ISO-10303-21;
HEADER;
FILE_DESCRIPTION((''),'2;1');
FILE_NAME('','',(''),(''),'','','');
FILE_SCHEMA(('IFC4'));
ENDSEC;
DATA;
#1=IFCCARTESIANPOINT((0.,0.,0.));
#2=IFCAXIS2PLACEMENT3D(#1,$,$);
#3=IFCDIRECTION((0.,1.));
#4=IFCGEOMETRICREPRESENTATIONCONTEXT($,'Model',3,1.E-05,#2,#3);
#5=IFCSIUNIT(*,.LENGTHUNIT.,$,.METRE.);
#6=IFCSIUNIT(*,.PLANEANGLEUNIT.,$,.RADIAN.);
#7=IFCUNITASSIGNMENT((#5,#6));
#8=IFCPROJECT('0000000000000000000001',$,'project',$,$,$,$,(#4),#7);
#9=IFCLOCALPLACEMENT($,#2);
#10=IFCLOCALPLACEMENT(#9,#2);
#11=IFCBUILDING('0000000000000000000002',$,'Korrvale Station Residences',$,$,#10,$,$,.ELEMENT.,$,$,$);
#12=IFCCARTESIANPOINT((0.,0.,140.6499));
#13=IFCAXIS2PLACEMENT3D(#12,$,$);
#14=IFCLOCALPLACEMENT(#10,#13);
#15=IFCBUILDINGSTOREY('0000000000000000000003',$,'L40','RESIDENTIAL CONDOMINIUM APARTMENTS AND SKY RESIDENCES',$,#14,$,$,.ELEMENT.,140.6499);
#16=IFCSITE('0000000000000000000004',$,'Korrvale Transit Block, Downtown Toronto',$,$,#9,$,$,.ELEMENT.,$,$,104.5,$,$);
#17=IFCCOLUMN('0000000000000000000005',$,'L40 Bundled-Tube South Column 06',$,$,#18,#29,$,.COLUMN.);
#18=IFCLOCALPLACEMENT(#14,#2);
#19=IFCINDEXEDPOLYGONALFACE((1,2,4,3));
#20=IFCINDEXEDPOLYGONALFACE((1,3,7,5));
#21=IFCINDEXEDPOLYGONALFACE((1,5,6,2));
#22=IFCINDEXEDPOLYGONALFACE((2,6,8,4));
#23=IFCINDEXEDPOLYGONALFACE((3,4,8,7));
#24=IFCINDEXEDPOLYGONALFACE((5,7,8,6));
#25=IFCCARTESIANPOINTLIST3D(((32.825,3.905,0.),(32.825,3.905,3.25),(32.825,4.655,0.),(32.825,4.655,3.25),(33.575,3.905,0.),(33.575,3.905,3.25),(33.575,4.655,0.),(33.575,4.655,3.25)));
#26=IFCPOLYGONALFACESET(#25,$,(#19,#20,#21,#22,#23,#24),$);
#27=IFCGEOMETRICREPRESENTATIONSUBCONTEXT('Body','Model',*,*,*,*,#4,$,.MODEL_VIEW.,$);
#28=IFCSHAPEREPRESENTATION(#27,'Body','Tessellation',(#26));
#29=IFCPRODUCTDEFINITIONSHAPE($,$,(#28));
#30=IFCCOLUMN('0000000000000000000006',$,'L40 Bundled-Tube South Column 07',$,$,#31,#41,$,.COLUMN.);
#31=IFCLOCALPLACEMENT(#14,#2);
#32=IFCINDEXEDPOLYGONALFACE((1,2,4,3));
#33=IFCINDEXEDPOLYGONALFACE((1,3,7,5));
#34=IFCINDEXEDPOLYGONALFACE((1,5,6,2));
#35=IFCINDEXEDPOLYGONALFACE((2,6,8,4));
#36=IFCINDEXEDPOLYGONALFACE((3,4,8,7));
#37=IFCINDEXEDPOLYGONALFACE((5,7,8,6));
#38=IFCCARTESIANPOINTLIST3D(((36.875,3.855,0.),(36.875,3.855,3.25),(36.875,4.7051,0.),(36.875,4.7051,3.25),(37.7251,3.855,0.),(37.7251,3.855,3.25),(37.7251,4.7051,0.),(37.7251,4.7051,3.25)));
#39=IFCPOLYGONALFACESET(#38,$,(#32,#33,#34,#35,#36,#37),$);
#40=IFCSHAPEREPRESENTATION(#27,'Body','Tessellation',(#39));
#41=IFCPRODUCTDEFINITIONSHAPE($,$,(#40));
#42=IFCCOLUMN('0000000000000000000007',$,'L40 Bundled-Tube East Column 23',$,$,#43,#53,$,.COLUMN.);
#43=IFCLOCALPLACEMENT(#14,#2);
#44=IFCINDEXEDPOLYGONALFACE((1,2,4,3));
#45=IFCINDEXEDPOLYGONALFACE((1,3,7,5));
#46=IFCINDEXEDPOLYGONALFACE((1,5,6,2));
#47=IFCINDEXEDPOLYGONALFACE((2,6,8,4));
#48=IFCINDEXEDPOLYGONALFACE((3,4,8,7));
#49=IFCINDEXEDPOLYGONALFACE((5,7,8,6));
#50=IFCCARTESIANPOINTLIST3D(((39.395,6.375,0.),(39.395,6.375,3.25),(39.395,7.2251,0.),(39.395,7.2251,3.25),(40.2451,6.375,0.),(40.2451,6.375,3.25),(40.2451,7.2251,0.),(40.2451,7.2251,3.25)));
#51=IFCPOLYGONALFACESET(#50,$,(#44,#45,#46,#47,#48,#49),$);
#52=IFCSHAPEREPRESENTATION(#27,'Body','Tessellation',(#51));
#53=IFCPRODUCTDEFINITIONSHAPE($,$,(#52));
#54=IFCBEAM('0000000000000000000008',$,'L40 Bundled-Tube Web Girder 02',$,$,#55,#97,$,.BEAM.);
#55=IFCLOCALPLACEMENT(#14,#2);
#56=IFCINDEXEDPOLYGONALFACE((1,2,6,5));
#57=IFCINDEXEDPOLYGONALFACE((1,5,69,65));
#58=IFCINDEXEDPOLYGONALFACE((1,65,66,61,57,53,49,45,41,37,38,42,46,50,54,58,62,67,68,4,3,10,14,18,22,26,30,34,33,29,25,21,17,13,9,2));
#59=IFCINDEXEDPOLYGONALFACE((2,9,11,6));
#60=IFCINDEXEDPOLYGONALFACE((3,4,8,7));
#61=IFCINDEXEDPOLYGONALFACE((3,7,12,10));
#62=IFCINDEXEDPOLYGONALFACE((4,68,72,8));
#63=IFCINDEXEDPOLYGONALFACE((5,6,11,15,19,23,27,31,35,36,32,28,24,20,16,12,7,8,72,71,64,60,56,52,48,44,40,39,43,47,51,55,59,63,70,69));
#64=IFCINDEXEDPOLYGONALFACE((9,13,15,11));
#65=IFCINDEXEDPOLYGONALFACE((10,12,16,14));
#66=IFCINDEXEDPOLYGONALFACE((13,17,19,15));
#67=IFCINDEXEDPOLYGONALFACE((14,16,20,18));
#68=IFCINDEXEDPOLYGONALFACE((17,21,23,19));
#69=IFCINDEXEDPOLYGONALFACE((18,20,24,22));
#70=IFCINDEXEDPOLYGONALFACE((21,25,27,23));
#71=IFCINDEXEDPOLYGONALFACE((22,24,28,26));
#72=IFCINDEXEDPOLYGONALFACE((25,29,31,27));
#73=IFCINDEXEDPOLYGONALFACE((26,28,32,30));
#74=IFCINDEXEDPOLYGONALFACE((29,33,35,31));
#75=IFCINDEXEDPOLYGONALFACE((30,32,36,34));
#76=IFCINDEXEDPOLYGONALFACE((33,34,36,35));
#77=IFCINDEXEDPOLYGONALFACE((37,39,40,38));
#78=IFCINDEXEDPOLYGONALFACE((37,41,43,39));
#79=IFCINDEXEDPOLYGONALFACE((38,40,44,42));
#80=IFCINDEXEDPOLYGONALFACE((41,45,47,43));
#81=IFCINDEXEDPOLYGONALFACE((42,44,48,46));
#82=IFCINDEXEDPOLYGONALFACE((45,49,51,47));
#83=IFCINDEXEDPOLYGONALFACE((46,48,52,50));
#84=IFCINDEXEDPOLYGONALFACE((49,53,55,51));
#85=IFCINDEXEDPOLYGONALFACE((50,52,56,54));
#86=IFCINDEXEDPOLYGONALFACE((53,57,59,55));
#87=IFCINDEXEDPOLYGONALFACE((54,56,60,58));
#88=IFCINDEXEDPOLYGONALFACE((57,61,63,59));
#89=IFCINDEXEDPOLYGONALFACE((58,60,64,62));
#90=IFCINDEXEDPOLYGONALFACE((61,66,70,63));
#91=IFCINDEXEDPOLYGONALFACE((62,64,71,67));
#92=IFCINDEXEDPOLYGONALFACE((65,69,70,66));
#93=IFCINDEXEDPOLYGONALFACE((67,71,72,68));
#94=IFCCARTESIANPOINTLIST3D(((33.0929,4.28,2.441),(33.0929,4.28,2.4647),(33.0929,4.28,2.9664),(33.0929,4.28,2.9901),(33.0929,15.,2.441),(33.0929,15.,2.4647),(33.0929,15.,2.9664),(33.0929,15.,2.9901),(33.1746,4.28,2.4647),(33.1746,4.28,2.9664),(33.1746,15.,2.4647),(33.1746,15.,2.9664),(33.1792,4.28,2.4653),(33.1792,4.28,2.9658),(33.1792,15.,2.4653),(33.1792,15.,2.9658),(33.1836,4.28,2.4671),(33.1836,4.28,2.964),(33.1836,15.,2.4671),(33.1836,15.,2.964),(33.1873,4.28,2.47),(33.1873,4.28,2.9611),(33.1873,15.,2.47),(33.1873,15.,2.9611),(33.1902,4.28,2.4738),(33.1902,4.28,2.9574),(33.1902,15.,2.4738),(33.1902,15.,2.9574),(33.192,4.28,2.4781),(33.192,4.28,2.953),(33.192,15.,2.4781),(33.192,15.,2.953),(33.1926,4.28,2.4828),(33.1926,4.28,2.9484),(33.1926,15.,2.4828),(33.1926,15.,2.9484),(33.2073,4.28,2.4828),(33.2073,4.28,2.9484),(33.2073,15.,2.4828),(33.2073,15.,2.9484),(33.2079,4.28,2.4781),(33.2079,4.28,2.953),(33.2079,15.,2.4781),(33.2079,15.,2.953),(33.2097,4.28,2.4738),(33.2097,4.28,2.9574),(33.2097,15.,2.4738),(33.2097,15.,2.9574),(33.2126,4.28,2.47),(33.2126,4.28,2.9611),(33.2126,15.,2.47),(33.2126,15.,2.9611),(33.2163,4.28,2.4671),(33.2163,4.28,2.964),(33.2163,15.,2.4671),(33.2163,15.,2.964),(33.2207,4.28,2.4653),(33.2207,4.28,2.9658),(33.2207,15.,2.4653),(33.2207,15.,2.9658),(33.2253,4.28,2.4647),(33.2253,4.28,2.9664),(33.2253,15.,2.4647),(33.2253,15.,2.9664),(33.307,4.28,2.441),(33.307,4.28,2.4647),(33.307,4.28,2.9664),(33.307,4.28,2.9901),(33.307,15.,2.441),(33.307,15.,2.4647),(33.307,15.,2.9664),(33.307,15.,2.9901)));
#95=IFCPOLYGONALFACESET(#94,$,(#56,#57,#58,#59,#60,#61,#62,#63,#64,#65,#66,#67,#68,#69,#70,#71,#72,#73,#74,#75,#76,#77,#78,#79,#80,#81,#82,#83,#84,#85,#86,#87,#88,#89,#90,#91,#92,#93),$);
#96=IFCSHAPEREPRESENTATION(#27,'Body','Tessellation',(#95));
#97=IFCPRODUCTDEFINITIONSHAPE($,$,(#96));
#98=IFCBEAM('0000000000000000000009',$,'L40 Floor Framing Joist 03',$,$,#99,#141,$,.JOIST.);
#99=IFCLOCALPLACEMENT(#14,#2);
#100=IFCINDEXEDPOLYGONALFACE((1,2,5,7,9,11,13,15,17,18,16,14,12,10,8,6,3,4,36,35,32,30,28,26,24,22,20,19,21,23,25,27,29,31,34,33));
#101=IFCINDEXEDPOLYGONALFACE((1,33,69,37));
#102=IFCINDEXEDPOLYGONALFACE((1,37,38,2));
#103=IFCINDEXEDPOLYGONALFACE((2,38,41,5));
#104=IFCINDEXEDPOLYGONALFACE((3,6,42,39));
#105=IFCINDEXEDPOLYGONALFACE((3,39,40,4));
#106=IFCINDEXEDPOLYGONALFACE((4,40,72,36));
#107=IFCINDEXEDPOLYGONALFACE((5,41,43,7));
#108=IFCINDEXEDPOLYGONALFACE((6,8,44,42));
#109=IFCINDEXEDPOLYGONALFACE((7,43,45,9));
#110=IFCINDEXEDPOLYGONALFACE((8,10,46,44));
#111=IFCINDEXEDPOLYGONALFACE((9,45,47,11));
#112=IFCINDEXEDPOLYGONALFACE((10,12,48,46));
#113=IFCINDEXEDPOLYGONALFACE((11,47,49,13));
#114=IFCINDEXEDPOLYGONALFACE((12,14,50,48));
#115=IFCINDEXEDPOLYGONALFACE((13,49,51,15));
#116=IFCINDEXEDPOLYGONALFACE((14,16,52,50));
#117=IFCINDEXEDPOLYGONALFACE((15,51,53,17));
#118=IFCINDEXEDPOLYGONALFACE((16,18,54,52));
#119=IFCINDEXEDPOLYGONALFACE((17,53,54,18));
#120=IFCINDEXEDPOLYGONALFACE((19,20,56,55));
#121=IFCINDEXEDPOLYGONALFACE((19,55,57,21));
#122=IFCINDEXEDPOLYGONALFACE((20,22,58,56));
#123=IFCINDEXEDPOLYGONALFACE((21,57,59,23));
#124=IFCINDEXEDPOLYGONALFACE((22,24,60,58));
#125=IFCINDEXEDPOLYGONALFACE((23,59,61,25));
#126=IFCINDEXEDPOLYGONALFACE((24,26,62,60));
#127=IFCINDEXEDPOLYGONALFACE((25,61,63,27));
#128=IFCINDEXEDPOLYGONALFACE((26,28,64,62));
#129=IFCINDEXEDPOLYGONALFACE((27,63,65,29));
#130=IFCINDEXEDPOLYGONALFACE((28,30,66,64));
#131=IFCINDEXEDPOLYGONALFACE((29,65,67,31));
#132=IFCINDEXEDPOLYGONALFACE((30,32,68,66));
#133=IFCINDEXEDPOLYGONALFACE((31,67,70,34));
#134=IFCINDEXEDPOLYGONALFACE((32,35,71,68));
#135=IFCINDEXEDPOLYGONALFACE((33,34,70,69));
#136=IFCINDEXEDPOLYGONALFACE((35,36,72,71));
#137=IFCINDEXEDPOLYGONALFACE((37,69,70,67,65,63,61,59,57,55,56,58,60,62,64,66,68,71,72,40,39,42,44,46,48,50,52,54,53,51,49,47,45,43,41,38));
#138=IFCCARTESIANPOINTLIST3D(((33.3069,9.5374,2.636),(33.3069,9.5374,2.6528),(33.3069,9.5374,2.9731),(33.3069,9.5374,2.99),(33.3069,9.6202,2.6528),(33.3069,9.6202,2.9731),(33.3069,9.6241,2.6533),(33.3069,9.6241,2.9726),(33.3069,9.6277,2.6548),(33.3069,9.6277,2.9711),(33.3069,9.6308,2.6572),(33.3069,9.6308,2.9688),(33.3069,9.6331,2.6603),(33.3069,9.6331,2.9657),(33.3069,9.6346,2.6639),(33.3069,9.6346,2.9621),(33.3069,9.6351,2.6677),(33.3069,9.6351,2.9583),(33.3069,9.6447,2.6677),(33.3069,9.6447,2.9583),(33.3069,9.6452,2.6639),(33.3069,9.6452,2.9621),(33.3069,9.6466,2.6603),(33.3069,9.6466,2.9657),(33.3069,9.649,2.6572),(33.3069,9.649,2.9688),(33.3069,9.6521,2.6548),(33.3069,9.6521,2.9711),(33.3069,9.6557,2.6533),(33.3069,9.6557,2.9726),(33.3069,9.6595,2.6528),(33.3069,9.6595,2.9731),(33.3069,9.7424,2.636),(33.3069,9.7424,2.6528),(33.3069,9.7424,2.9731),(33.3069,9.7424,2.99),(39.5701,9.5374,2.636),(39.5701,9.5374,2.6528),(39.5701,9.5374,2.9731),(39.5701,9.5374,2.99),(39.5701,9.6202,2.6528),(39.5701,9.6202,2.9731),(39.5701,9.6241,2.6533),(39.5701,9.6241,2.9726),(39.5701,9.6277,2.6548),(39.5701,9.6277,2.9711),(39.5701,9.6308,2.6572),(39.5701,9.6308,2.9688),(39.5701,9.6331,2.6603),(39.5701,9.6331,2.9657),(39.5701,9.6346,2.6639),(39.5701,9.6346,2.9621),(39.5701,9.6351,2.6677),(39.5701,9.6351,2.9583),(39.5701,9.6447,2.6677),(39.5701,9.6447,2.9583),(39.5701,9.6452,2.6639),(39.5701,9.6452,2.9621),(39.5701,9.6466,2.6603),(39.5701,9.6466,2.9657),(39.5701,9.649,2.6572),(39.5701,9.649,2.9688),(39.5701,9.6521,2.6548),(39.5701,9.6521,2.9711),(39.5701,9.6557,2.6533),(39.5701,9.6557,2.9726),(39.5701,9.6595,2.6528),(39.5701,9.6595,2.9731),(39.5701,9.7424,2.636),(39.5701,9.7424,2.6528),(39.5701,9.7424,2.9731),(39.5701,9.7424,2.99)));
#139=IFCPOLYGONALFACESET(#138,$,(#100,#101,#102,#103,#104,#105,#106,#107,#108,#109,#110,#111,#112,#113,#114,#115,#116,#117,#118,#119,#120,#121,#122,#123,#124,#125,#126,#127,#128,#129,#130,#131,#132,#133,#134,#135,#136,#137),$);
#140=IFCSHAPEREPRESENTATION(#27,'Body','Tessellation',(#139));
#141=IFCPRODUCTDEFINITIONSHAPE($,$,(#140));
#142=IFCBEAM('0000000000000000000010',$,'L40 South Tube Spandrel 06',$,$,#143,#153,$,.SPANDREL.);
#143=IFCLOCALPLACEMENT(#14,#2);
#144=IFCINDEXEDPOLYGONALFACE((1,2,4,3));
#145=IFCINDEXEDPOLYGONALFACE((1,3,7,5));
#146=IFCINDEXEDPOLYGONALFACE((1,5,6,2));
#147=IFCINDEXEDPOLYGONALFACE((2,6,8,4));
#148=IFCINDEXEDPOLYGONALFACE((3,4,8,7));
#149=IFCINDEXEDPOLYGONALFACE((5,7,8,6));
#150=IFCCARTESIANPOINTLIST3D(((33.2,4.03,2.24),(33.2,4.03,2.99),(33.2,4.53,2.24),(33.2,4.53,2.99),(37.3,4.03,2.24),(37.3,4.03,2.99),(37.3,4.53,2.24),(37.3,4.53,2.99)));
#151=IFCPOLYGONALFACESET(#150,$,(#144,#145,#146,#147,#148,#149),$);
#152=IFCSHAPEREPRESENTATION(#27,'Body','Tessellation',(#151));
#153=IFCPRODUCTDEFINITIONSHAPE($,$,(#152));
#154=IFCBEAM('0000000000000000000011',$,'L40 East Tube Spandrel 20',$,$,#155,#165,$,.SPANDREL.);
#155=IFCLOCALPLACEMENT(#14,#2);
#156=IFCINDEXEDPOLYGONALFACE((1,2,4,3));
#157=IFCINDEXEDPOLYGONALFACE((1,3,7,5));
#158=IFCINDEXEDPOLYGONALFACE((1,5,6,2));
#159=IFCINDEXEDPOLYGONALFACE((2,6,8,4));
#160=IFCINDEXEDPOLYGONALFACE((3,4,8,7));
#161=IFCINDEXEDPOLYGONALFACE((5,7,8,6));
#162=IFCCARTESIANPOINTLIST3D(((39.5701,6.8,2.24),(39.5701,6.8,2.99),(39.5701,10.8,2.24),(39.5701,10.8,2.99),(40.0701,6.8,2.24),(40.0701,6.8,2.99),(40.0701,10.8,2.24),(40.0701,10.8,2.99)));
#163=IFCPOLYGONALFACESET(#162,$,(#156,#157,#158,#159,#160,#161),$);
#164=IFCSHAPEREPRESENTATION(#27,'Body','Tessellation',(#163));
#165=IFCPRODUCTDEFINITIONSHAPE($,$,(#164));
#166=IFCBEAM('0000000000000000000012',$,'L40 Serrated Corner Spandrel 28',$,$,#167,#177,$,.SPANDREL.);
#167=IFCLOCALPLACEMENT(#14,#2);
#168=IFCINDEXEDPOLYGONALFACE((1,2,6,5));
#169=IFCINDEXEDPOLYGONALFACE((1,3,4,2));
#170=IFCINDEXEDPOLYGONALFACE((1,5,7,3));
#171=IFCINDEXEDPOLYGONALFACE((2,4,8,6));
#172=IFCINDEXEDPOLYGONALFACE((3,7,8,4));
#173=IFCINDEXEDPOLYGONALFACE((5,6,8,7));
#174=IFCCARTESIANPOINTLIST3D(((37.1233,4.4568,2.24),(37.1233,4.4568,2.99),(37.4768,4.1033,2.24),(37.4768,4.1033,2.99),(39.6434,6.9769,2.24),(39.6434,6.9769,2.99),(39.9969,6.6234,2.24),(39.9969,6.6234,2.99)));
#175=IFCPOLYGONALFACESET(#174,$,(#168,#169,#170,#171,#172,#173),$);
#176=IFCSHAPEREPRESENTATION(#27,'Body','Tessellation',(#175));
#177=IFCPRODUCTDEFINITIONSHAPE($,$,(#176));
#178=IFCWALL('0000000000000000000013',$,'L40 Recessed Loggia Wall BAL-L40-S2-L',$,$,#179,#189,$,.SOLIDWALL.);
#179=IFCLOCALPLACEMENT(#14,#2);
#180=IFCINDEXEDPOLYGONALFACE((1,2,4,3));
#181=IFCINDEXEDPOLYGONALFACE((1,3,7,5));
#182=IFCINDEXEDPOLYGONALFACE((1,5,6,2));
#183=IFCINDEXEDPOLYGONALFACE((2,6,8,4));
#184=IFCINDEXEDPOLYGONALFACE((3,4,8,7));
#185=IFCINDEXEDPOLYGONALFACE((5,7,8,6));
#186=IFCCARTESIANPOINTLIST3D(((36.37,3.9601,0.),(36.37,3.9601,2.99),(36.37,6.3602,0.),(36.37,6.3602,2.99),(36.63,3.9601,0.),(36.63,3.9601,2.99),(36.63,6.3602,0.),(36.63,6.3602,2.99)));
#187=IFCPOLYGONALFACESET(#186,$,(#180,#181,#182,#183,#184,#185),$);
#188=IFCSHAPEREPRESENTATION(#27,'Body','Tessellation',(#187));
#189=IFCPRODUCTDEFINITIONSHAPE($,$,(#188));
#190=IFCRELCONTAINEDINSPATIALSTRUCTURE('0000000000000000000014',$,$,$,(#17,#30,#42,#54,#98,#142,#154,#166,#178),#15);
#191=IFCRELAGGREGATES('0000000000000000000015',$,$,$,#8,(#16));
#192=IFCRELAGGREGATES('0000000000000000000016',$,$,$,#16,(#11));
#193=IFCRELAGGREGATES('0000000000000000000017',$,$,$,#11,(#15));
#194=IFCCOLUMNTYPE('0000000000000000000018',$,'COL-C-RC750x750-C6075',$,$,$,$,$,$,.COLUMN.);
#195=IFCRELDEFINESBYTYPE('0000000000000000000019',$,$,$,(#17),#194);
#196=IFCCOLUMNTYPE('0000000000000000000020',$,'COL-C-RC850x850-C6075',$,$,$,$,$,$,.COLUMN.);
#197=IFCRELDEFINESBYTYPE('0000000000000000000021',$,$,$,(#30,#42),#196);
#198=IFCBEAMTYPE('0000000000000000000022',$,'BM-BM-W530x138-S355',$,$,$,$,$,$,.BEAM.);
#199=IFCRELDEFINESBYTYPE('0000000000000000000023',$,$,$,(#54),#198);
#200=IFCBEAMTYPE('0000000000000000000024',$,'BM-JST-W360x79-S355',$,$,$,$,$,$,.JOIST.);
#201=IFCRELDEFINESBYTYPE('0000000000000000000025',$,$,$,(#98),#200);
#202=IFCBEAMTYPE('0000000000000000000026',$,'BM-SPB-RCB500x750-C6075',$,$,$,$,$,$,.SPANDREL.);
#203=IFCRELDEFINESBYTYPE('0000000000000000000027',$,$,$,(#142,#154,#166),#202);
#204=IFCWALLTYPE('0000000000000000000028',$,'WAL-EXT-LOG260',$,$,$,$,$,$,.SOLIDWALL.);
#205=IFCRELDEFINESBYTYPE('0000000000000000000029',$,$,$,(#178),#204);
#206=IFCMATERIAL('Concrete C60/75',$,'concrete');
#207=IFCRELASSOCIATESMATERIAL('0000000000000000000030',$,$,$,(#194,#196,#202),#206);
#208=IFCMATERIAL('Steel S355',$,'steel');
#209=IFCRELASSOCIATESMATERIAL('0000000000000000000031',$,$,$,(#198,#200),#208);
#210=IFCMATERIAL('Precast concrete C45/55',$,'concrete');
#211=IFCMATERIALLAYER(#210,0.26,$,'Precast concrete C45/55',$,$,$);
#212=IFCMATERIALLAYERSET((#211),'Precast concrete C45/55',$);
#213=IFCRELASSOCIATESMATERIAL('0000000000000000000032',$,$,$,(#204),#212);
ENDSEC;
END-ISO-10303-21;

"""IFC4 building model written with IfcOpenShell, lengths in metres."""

from ifc_helpers import new_model, si_unit, direction, frame, frame_2d, origin, origin_2d, place, context, subcontext, project, spatial, rectangle, i_section, extrude, material, layer, layer_set, material_profile, profile_set, type_object, element, save


model = new_model("IFC4")

# Units and contexts
model_context = context("Model", 3, precision=1e-05, world=origin(), true_north=direction((0.0, 1.0)))
body_context = subcontext(model_context, "Body", "Model", "MODEL_VIEW")
ifc_project = project(units=[si_unit("LENGTHUNIT", "METRE"), si_unit("PLANEANGLEUNIT", "RADIAN")], contexts=[model_context])

# Site, building, storey
site_placement = place(None, origin())
site = spatial("IfcSite", under=ifc_project, at=site_placement, Name="Korrvale Transit Block, Downtown Toronto", CompositionType="ELEMENT", RefElevation=104.5)
building_placement = place(site_placement, origin())
building = spatial("IfcBuilding", under=site, at=building_placement, Name="Korrvale Station Residences", CompositionType="ELEMENT")
storey_placement = place(building_placement, frame((0.0, 0.0, 140.6499)))
storey = spatial("IfcBuildingStorey", under=building, at=storey_placement, Name="L40", Description="RESIDENTIAL CONDOMINIUM APARTMENTS AND SKY RESIDENCES", CompositionType="ELEMENT", Elevation=140.6499)

# Columns
ifc_material_1 = material(Name="Concrete C60/75", Category="concrete")
ifc_material_profile_1 = material_profile(ifc_material_1, rectangle(XDim=0.75, YDim=0.75, at=origin_2d()), Name="RC750x750")
ifc_profile_set_1 = profile_set([ifc_material_profile_1], Name="Concrete C60/75")
column_type_1 = type_object("IfcColumnType", Name="COL-C-RC750x750-C6075", PredefinedType="COLUMN", material=ifc_profile_set_1)
column_placement = place(storey_placement, frame((33.2, 4.28, 0.0), z_axis=(0.0, 0.0, 1.0), x_axis=(1.0, 0.0, 0.0)))
element("IfcColumn", 1, at=column_placement, inside=storey, type_object=column_type_1, Name="L40 Bundled-Tube South Column 06", PredefinedType="COLUMN", context=body_context, shape_type="SweptSolid", body=[
    extrude(rectangle(XDim=0.75, YDim=0.75, at=origin_2d()), origin(), (0.0, 0.0, 1.0), 3.25),
])
ifc_material_profile_2 = material_profile(ifc_material_1, rectangle(XDim=0.8501, YDim=0.8501, at=origin_2d()), Name="RC850x850")
ifc_profile_set_2 = profile_set([ifc_material_profile_2], Name="Concrete C60/75")
column_type_2 = type_object("IfcColumnType", Name="COL-C-RC850x850-C6075", PredefinedType="COLUMN", material=ifc_profile_set_2)
for number, where, z_axis, x_axis, name in (
    (2, (37.3, 4.28, 0.0), (0.0, 0.0, 1.0), (1.0, 0.0, 0.0), "L40 Bundled-Tube South Column 07"),
    (3, (39.8201, 6.8, 0.0), (0.0, 0.0, 1.0), (1.0, 0.0, 0.0), "L40 Bundled-Tube East Column 23"),
):
    element("IfcColumn", number, at=place(storey_placement, frame(where, z_axis=z_axis, x_axis=x_axis)), inside=storey, type_object=column_type_2, Name=name, PredefinedType="COLUMN", context=body_context, shape_type="SweptSolid", body=[
        extrude(rectangle(XDim=0.8501, YDim=0.8501, at=origin_2d()), origin(), (0.0, 0.0, 1.0), 3.25),
    ])

# Beams
ifc_material_2 = material(Name="Steel S355", Category="steel")
ifc_material_profile_3 = material_profile(ifc_material_2, i_section(OverallWidth=0.2141, OverallDepth=0.5491, WebThickness=0.0146, FlangeThickness=0.0237, FilletRadius=0.0181, at=origin_2d()), Name="W530x138")
ifc_profile_set_3 = profile_set([ifc_material_profile_3], Name="Steel S355")
beam_type_1 = type_object("IfcBeamType", Name="BM-BM-W530x138-S355", PredefinedType="BEAM", material=ifc_profile_set_3)
beam_1_placement = place(storey_placement, frame((33.2, 4.28, 2.7156), z_axis=(0.0, 1.0, 0.0), x_axis=(-1.0, 0.0, 0.0)))
element("IfcBeam", 4, at=beam_1_placement, inside=storey, type_object=beam_type_1, Name="L40 Bundled-Tube Web Girder 02", PredefinedType="BEAM", context=body_context, shape_type="SweptSolid", body=[
    extrude(i_section(OverallWidth=0.2141, OverallDepth=0.5491, WebThickness=0.0146, FlangeThickness=0.0237, FilletRadius=0.0181, at=origin_2d()), origin(), (0.0, 0.0, 1.0), 10.72),
])
ifc_material_profile_4 = material_profile(ifc_material_2, i_section(OverallWidth=0.2051, OverallDepth=0.354, WebThickness=0.0095, FlangeThickness=0.0168, FilletRadius=0.0149, at=origin_2d()), Name="W360x79")
ifc_profile_set_4 = profile_set([ifc_material_profile_4], Name="Steel S355")
beam_type_2 = type_object("IfcBeamType", Name="BM-JST-W360x79-S355", PredefinedType="JOIST", material=ifc_profile_set_4)
beam_2_placement = place(storey_placement, frame((33.3069, 9.6399, 2.813), z_axis=(1.0, 0.0, 0.0), x_axis=(0.0, 1.0, 0.0)))
element("IfcBeam", 5, at=beam_2_placement, inside=storey, type_object=beam_type_2, Name="L40 Floor Framing Joist 03", PredefinedType="JOIST", context=body_context, shape_type="SweptSolid", body=[
    extrude(i_section(OverallWidth=0.2051, OverallDepth=0.354, WebThickness=0.0095, FlangeThickness=0.0168, FilletRadius=0.0149, at=origin_2d()), origin(), (0.0, 0.0, 1.0), 6.2632),
])
ifc_material_profile_5 = material_profile(ifc_material_1, rectangle(XDim=0.5, YDim=0.75, at=origin_2d()), Name="RCB500x750")
ifc_profile_set_5 = profile_set([ifc_material_profile_5], Name="Concrete C60/75")
beam_type_3 = type_object("IfcBeamType", Name="BM-SPB-RCB500x750-C6075", PredefinedType="SPANDREL", material=ifc_profile_set_5)
beam_3_placement = place(storey_placement, frame((33.2, 4.28, 2.615), z_axis=(1.0, 0.0, 0.0), x_axis=(0.0, 1.0, 0.0)))
element("IfcBeam", 6, at=beam_3_placement, inside=storey, type_object=beam_type_3, Name="L40 South Tube Spandrel 06", PredefinedType="SPANDREL", context=body_context, shape_type="SweptSolid", body=[
    extrude(rectangle(XDim=0.5, YDim=0.75, at=origin_2d()), origin(), (0.0, 0.0, 1.0), 4.1001),
])
beam_4_placement = place(storey_placement, frame((39.8201, 6.8, 2.615), z_axis=(0.0, 1.0, 0.0), x_axis=(-1.0, 0.0, 0.0)))
element("IfcBeam", 7, at=beam_4_placement, inside=storey, type_object=beam_type_3, Name="L40 East Tube Spandrel 20", PredefinedType="SPANDREL", context=body_context, shape_type="SweptSolid", body=[
    extrude(rectangle(XDim=0.5, YDim=0.75, at=origin_2d()), origin(), (0.0, 0.0, 1.0), 4.0),
])
beam_5_placement = place(storey_placement, frame((37.3, 4.28, 2.615), z_axis=(0.707107, 0.707107, 0.0), x_axis=(-0.707107, 0.707107, 0.0)))
element("IfcBeam", 8, at=beam_5_placement, inside=storey, type_object=beam_type_3, Name="L40 Serrated Corner Spandrel 28", PredefinedType="SPANDREL", context=body_context, shape_type="SweptSolid", body=[
    extrude(rectangle(XDim=0.5, YDim=0.75, at=origin_2d()), origin(), (0.0, 0.0, 1.0), 3.564),
])

# Wall
ifc_material_3 = material(Name="Precast concrete C45/55", Category="concrete")
ifc_layer_1 = layer(ifc_material_3, 0.26, Name="Precast concrete C45/55")
ifc_layer_set_1 = layer_set([ifc_layer_1], Name="Precast concrete C45/55")
wall_type_1 = type_object("IfcWallType", Name="WAL-EXT-LOG260", PredefinedType="SOLIDWALL", material=ifc_layer_set_1)
wall_1_placement = place(storey_placement, frame((36.5, 3.96, 0.0), z_axis=(0.0, 0.0, 1.0), x_axis=(0.0, 1.0, 0.0)))
element("IfcWall", 9, at=wall_1_placement, inside=storey, type_object=wall_type_1, Name="L40 Recessed Loggia Wall BAL-L40-S2-L", PredefinedType="SOLIDWALL", context=body_context, shape_type="SweptSolid", body=[
    extrude(rectangle(XDim=2.4001, YDim=0.26, at=frame_2d((1.2002, 0.0))), origin(), (0.0, 0.0, 1.0), 2.99),
])

save(model, "model.ifc")
